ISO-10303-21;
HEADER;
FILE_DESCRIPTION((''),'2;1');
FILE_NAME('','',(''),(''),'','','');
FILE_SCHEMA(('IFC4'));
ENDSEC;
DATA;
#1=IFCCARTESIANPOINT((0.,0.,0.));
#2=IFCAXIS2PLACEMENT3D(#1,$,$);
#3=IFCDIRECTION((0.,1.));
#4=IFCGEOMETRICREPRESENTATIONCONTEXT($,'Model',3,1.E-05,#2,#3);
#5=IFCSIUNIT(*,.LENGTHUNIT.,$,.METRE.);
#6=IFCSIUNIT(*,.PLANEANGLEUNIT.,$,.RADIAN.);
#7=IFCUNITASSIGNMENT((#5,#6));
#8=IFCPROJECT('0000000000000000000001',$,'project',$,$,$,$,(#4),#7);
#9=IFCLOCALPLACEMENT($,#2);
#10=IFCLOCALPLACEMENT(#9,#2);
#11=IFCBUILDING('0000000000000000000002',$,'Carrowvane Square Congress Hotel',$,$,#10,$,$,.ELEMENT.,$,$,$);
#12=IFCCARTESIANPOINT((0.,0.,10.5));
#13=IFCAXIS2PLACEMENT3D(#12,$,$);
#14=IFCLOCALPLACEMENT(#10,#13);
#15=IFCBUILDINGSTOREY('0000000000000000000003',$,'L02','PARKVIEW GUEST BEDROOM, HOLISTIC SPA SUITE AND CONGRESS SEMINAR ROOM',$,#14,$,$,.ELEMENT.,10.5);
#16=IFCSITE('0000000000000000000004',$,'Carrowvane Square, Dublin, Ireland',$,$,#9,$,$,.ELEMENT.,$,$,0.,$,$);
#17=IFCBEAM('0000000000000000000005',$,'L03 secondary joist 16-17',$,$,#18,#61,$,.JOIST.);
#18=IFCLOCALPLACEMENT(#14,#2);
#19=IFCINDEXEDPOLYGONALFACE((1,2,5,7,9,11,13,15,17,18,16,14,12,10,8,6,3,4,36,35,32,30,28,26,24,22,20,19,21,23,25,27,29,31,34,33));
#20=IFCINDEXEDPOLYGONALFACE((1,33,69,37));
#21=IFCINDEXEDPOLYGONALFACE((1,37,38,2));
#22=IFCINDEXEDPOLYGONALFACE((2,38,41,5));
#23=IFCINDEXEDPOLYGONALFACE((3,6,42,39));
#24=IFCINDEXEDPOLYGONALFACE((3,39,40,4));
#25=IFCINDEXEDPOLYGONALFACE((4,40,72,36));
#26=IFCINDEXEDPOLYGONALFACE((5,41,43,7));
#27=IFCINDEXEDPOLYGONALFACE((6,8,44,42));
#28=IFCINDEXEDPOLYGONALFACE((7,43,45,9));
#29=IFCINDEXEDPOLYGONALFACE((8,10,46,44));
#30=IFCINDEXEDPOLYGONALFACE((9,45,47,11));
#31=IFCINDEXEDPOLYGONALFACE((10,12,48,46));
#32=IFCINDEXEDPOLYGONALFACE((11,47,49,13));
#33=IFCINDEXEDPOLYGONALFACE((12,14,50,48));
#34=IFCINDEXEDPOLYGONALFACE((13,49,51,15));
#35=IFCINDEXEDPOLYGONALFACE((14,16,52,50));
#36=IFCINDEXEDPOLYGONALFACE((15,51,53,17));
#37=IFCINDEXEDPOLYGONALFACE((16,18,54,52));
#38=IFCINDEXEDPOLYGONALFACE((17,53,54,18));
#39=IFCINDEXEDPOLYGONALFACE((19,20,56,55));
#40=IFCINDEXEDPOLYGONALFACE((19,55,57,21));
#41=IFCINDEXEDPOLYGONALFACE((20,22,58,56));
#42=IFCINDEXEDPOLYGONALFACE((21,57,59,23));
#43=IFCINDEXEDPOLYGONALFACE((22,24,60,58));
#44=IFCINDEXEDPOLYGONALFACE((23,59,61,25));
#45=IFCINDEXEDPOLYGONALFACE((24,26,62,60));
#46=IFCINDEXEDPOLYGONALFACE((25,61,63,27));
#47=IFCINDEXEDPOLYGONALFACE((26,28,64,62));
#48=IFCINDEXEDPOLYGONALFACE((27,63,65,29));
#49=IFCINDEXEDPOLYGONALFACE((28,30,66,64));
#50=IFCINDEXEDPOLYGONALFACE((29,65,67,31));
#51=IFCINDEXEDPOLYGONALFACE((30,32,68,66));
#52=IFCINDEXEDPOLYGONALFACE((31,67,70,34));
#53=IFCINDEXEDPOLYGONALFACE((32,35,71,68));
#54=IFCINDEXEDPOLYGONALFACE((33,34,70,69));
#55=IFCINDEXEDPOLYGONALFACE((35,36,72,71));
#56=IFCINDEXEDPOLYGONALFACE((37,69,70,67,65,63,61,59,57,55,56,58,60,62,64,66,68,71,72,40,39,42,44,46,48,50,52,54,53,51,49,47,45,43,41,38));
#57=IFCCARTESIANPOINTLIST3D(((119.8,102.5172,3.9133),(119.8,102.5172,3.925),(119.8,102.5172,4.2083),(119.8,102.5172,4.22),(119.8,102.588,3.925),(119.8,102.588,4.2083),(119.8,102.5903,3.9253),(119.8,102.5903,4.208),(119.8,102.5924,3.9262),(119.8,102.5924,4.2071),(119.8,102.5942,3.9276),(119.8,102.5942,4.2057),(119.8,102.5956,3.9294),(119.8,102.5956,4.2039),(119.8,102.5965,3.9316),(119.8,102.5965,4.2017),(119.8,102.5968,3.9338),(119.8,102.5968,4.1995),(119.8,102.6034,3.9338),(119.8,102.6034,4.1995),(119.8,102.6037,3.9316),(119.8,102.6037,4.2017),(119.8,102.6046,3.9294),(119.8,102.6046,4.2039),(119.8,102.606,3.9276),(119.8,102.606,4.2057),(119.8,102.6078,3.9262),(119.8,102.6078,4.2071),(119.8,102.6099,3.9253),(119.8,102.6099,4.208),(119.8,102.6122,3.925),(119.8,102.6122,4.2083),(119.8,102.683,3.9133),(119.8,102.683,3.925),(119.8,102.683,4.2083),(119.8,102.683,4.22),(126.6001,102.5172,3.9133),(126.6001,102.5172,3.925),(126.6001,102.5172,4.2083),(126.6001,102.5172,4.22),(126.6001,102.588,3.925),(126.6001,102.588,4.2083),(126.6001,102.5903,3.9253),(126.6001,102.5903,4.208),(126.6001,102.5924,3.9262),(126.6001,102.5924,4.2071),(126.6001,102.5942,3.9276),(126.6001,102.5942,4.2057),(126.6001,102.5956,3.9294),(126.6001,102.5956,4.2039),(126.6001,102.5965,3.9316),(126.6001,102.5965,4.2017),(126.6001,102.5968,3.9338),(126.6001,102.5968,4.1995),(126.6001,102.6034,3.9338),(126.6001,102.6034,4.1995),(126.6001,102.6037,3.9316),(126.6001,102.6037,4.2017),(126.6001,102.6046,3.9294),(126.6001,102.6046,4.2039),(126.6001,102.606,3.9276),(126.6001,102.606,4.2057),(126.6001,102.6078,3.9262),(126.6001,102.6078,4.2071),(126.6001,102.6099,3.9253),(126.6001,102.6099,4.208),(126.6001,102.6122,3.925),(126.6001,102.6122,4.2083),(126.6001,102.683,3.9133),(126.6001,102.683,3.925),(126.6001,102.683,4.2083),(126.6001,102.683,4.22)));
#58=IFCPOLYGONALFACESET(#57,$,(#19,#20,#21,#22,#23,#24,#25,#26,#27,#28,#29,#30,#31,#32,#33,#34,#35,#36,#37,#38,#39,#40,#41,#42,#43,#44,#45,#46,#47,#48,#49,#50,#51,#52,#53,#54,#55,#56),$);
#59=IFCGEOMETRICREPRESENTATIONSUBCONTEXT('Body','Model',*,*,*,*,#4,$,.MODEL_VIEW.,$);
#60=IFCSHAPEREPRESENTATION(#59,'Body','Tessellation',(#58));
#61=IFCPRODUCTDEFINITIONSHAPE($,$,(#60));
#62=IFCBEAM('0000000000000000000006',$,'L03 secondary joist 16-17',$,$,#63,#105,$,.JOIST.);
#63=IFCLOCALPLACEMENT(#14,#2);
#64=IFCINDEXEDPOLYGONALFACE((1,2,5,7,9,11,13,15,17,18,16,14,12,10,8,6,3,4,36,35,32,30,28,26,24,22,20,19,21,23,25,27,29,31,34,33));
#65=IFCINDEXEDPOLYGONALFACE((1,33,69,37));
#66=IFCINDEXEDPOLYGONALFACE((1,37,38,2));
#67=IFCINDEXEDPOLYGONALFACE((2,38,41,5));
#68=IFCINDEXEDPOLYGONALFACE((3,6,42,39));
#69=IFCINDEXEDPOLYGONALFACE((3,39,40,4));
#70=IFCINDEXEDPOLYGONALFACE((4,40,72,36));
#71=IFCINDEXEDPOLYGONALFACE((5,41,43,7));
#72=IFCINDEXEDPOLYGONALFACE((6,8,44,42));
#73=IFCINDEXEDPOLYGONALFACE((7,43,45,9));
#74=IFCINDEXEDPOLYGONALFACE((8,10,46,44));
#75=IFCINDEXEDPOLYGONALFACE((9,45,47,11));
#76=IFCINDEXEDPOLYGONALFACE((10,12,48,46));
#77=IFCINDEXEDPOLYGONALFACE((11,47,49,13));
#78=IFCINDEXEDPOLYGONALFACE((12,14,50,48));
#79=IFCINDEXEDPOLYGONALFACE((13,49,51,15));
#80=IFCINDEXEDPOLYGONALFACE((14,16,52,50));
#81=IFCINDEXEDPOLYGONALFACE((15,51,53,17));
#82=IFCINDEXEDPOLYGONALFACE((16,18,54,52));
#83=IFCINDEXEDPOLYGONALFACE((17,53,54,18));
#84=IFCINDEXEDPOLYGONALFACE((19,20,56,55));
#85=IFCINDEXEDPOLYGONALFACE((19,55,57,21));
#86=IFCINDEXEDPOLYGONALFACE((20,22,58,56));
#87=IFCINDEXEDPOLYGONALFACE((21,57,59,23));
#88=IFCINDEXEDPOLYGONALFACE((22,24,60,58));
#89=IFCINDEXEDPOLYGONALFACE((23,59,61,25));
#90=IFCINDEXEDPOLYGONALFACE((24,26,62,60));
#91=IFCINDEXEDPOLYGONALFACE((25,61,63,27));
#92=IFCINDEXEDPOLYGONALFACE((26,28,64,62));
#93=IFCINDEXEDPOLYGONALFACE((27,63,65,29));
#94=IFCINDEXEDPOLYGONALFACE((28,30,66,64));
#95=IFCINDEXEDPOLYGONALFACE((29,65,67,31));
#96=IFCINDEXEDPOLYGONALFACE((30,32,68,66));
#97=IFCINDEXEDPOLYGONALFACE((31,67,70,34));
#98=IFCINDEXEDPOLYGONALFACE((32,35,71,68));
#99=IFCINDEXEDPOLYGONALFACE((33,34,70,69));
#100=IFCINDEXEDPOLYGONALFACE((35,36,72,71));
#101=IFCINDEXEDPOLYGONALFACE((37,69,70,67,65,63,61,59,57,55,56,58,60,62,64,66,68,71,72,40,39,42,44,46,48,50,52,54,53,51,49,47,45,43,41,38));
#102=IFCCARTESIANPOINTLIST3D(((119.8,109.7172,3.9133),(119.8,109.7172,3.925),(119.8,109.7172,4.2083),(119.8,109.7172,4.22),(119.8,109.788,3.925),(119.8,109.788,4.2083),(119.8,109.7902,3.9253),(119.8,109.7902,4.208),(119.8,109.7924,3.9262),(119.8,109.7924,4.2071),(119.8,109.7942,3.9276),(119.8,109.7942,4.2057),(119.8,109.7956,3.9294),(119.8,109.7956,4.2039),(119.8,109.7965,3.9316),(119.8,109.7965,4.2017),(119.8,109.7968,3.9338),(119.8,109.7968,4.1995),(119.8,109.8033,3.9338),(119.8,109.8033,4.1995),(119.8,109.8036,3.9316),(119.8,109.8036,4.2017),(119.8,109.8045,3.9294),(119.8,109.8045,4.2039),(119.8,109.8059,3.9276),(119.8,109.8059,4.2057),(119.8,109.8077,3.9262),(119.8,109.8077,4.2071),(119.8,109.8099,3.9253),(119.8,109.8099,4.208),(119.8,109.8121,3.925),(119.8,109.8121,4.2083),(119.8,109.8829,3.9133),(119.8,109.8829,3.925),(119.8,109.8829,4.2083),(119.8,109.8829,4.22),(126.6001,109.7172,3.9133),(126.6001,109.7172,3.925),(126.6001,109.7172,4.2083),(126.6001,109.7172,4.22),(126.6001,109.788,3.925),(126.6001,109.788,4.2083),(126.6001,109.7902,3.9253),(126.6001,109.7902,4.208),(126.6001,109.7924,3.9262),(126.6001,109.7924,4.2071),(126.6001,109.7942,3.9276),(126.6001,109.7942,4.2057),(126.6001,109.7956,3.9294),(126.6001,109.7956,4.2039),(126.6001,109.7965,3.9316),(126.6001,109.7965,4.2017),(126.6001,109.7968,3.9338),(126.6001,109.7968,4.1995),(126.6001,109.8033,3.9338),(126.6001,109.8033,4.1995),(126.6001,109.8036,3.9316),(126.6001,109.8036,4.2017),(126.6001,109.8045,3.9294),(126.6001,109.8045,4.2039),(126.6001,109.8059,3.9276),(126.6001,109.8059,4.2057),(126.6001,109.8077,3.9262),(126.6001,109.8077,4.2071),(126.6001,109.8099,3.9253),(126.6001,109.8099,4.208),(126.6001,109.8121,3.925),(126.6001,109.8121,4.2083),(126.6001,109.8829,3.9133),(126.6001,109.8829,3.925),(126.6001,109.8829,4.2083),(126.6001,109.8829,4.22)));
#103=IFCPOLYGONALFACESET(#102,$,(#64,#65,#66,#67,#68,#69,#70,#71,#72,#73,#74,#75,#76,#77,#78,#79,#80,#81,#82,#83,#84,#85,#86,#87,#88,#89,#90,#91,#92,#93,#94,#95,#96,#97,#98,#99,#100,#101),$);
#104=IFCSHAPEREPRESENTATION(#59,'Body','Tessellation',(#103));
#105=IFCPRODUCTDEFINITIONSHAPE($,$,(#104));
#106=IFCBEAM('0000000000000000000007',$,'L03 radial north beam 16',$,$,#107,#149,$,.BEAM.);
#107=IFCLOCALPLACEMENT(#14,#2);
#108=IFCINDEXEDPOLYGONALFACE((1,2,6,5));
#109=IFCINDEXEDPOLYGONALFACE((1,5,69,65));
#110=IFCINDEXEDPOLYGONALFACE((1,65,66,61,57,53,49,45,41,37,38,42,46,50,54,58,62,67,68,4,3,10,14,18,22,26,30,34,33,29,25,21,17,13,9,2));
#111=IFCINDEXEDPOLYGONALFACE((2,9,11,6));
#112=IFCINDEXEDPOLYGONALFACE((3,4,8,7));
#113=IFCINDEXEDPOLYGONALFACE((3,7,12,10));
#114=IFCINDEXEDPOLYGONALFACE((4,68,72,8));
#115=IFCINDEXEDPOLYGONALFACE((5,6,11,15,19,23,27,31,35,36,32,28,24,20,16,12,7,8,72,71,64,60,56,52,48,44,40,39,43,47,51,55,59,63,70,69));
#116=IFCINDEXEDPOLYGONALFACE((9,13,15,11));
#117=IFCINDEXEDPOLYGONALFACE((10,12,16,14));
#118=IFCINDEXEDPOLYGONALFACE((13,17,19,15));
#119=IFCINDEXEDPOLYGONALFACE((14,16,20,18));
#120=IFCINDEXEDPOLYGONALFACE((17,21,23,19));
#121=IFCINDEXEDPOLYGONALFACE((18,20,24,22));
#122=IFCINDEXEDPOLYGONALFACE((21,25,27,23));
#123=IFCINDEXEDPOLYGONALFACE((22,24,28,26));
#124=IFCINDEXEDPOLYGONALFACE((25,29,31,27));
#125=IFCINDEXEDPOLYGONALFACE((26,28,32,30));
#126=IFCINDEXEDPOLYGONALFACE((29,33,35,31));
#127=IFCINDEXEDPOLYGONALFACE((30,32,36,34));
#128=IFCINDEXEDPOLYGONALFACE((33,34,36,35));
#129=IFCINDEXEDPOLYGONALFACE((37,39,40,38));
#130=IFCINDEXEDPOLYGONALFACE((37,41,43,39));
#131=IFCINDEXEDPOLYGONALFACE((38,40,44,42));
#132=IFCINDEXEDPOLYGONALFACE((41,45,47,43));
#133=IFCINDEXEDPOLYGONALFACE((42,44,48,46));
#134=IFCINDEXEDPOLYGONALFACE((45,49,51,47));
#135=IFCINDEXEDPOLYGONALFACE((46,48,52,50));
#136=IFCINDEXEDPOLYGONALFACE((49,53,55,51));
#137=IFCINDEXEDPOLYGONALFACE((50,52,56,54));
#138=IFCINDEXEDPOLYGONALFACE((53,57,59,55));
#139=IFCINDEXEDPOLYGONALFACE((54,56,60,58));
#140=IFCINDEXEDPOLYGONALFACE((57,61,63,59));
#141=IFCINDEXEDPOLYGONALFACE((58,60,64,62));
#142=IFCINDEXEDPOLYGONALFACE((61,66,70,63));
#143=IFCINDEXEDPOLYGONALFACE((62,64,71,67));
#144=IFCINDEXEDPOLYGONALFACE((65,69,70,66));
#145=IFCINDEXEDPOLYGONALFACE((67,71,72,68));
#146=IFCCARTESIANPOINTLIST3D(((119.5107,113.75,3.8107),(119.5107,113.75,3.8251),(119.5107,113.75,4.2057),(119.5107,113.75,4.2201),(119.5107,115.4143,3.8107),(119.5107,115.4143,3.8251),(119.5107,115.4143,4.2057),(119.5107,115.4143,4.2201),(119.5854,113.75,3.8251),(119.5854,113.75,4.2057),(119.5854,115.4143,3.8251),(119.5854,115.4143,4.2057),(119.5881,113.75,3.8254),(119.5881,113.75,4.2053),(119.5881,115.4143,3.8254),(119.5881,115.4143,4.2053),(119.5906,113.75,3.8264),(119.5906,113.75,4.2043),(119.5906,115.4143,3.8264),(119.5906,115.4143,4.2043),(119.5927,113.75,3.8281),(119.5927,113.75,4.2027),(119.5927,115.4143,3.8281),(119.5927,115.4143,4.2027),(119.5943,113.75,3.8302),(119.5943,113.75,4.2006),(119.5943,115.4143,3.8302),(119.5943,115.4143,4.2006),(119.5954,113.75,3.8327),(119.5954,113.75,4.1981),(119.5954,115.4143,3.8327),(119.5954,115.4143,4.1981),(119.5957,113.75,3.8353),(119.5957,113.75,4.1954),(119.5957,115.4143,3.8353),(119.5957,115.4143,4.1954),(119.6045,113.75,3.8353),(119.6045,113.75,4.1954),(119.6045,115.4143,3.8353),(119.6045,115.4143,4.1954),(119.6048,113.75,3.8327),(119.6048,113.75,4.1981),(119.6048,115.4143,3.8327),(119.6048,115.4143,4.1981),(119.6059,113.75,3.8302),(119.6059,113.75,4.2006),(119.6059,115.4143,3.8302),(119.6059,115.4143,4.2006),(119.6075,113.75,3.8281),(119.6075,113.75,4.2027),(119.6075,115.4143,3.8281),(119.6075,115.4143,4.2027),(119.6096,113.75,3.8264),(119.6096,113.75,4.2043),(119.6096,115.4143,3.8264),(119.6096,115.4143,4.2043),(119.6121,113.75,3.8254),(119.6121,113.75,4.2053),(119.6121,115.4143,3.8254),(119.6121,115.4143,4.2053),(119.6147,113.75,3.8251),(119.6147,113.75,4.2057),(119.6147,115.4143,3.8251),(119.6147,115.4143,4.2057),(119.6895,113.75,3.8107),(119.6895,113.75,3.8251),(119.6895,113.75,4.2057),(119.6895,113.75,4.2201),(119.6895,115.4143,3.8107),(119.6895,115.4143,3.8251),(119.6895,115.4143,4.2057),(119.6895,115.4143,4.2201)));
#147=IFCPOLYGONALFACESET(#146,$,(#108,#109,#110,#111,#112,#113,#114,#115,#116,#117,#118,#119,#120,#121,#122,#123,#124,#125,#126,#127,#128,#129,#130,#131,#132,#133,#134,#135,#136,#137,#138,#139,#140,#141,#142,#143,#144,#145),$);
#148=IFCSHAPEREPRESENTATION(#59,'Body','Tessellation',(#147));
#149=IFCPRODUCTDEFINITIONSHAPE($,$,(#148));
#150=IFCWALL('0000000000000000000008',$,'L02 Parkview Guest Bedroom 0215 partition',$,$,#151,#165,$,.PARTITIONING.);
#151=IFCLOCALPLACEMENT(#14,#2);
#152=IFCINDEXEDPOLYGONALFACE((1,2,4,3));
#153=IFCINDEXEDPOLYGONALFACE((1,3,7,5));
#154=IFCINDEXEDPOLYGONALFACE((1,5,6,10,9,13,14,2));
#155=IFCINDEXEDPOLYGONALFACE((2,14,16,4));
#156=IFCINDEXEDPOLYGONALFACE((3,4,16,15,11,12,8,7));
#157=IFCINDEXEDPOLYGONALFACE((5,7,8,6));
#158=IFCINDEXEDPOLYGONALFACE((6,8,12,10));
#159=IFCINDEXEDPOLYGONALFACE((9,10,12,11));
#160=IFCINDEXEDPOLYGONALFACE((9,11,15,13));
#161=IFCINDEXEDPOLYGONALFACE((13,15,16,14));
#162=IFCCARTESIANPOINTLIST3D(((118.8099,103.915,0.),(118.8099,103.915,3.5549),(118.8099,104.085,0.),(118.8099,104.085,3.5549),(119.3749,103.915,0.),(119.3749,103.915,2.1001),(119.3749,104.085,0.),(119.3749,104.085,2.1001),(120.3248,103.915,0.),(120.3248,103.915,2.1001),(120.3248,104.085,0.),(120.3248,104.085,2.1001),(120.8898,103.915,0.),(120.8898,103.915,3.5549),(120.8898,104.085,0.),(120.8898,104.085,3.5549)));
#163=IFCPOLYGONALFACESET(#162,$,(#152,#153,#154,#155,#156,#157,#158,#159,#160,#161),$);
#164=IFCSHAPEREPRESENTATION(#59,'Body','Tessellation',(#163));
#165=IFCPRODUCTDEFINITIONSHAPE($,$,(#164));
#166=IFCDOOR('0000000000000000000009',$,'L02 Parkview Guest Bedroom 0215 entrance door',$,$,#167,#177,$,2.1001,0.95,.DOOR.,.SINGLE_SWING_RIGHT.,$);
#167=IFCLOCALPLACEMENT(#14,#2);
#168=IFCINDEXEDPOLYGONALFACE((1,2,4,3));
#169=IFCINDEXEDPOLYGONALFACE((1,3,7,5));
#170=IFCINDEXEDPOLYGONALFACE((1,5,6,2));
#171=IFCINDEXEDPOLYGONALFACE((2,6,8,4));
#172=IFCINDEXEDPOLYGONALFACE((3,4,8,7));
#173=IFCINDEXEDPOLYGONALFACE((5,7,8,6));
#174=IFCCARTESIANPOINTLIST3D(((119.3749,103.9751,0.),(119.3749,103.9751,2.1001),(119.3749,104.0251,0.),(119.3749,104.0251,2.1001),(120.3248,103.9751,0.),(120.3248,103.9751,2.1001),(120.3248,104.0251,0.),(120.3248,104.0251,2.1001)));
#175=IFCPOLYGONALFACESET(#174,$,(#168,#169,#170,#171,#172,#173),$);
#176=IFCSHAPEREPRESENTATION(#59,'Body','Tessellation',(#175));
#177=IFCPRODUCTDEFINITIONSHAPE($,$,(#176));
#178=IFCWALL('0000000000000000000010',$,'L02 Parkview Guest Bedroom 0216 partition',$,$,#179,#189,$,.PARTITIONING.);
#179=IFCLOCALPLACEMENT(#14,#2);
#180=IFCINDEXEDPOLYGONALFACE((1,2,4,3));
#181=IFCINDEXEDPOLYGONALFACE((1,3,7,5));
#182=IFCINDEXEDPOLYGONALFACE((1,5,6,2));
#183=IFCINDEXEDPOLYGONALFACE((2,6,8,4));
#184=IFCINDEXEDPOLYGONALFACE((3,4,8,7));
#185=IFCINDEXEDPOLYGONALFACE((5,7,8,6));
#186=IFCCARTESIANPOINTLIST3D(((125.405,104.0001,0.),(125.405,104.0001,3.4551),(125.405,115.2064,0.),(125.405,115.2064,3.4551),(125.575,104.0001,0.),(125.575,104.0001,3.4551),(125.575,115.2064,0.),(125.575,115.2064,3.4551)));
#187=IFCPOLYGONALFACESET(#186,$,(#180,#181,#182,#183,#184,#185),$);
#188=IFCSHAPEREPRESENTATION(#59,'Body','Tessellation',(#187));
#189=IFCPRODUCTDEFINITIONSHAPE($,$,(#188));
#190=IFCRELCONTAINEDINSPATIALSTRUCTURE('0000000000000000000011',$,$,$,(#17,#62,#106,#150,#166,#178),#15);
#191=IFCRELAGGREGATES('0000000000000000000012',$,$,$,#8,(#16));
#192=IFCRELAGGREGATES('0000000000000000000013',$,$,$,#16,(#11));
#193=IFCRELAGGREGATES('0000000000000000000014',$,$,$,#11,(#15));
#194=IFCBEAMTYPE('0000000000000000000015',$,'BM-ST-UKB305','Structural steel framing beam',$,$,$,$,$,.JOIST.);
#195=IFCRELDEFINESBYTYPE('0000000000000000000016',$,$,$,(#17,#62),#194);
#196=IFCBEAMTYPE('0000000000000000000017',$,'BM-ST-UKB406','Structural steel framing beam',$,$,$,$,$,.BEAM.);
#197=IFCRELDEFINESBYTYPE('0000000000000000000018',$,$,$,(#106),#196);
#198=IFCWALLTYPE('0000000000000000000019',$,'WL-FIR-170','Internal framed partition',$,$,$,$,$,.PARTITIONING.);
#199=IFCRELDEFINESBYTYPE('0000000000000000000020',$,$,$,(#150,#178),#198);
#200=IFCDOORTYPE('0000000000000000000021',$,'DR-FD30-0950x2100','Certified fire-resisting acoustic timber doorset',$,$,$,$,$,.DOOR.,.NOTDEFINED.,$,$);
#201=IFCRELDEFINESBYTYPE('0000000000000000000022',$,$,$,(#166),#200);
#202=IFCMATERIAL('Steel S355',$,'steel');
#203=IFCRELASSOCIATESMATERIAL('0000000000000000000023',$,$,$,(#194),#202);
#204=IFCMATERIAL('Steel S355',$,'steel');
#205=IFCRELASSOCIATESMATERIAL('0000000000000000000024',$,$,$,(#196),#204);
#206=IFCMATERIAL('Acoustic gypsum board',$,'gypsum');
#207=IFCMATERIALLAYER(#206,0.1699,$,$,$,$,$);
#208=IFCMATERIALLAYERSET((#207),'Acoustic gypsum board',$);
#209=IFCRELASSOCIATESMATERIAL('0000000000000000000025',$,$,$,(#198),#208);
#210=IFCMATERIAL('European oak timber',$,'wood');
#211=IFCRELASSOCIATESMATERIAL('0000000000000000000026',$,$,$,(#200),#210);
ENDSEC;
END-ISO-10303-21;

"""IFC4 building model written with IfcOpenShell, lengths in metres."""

from ifc_helpers import new_model, si_unit, direction, frame, frame_2d, origin, origin_2d, place, context, subcontext, project, spatial, rectangle, i_section, extrude, material, layer, layer_set, material_profile, profile_set, type_object, element, fill, save


model = new_model("IFC4")

# Units and contexts
model_context = context("Model", 3, precision=1e-05, world=origin(), true_north=direction((0.0, 1.0)))
body_context = subcontext(model_context, "Body", "Model", "MODEL_VIEW")
ifc_project = project(units=[si_unit("LENGTHUNIT", "METRE"), si_unit("PLANEANGLEUNIT", "RADIAN")], contexts=[model_context])

# Site, building, storey
site_placement = place(None, origin())
site = spatial("IfcSite", under=ifc_project, at=site_placement, Name="Carrowvane Square, Dublin, Ireland", CompositionType="ELEMENT", RefElevation=0.0)
building_placement = place(site_placement, origin())
building = spatial("IfcBuilding", under=site, at=building_placement, Name="Carrowvane Square Congress Hotel", CompositionType="ELEMENT")
storey_placement = place(building_placement, frame((0.0, 0.0, 10.5)))
storey = spatial("IfcBuildingStorey", under=building, at=storey_placement, Name="L02", Description="PARKVIEW GUEST BEDROOM, HOLISTIC SPA SUITE AND CONGRESS SEMINAR ROOM", CompositionType="ELEMENT", Elevation=10.5)

# Beams
ifc_material_1 = material(Name="Steel S355", Category="steel")
ifc_material_profile_1 = material_profile(ifc_material_1, i_section(OverallWidth=0.1658, OverallDepth=0.3066, WebThickness=0.0066, FlangeThickness=0.0117, FilletRadius=0.0088, at=origin_2d()), Name="UKB 305x165x46")
ifc_profile_set_1 = profile_set([ifc_material_profile_1], Name="Steel S355")
beam_type_1 = type_object("IfcBeamType", Name="BM-ST-UKB305", Description="Structural steel framing beam", PredefinedType="JOIST", material=ifc_profile_set_1)
for number, where, z_axis, x_axis, name in (
    (1, (119.8, 102.6001, 4.0667), (1.0, 0.0, 0.0), (0.0, 1.0, 0.0), "L03 secondary joist 16-17"),
    (2, (119.8, 109.8, 4.0667), (1.0, 0.0, 0.0), (0.0, 1.0, 0.0), "L03 secondary joist 16-17"),
):
    element("IfcBeam", number, at=place(storey_placement, frame(where, z_axis=z_axis, x_axis=x_axis)), inside=storey, type_object=beam_type_1, Name=name, PredefinedType="JOIST", context=body_context, shape_type="SweptSolid", body=[
        extrude(i_section(OverallWidth=0.1658, OverallDepth=0.3066, WebThickness=0.0066, FlangeThickness=0.0117, FilletRadius=0.0088, at=origin_2d()), origin(), (0.0, 0.0, 1.0), 6.8),
    ])
ifc_material_2 = material(Name="Steel S355", Category="steel")
ifc_material_profile_2 = material_profile(ifc_material_2, i_section(OverallWidth=0.1787, OverallDepth=0.4094, WebThickness=0.0088, FlangeThickness=0.0144, FilletRadius=0.0103, at=origin_2d()), Name="UKB 406x178x67")
ifc_profile_set_2 = profile_set([ifc_material_profile_2], Name="Steel S355")
beam_type_2 = type_object("IfcBeamType", Name="BM-ST-UKB406", Description="Structural steel framing beam", PredefinedType="BEAM", material=ifc_profile_set_2)
beam_1_placement = place(storey_placement, frame((119.6001, 113.75, 4.0154), z_axis=(0.0, 1.0, 0.0), x_axis=(-1.0, 0.0, 0.0)))
element("IfcBeam", 3, at=beam_1_placement, inside=storey, type_object=beam_type_2, Name="L03 radial north beam 16", PredefinedType="BEAM", context=body_context, shape_type="SweptSolid", body=[
    extrude(i_section(OverallWidth=0.1787, OverallDepth=0.4094, WebThickness=0.0088, FlangeThickness=0.0144, FilletRadius=0.0103, at=origin_2d()), origin(), (0.0, 0.0, 1.0), 1.6643),
])

# Wall, opening, door
ifc_material_3 = material(Name="Acoustic gypsum board", Category="gypsum")
ifc_layer_1 = layer(ifc_material_3, 0.1699)
ifc_layer_set_1 = layer_set([ifc_layer_1], Name="Acoustic gypsum board")
wall_type_1 = type_object("IfcWallType", Name="WL-FIR-170", Description="Internal framed partition", PredefinedType="PARTITIONING", material=ifc_layer_set_1)
wall_1_placement = place(storey_placement, frame((120.8899, 104.0, 0.0), z_axis=(0.0, 0.0, 1.0), x_axis=(-1.0, 0.0, 0.0)))
wall_1 = element("IfcWall", 4, at=wall_1_placement, inside=storey, type_object=wall_type_1, Name="L02 Parkview Guest Bedroom 0215 partition", PredefinedType="PARTITIONING", context=body_context, shape_type="SweptSolid", body=[
    extrude(rectangle(XDim=2.0798, YDim=0.1699, at=frame_2d((1.04, 0.0))), origin(), (0.0, 0.0, 1.0), 3.5549),
])
opening_1_placement = place(wall_1_placement, frame((0.5649, 0.0, 0.0)))
opening_1 = element("IfcOpeningElement", 5, at=opening_1_placement, cuts=wall_1, PredefinedType="OPENING", context=body_context, shape_type="SweptSolid", body=[
    extrude(rectangle(XDim=0.95, YDim=2.1001, at=frame_2d((0.4751, 1.05))), frame((0.0, 0.095, 0.0), z_axis=(0.0, -1.0, 0.0), x_axis=(1.0, 0.0, 0.0)), (0.0, 0.0, 1.0), 0.1899),
])
ifc_material_4 = material(Name="European oak timber", Category="wood")
door_type_1 = type_object("IfcDoorType", Name="DR-FD30-0950x2100", Description="Certified fire-resisting acoustic timber doorset", OperationType="NOTDEFINED", PredefinedType="DOOR", material=ifc_material_4)
door_1_placement = place(opening_1_placement, origin())
door_1 = element("IfcDoor", 6, at=door_1_placement, inside=storey, type_object=door_type_1, Name="L02 Parkview Guest Bedroom 0215 entrance door", OperationType="SINGLE_SWING_RIGHT", OverallHeight=2.1001, OverallWidth=0.95, PredefinedType="DOOR", context=body_context, shape_type="SweptSolid", body=[
    extrude(rectangle(XDim=0.95, YDim=2.1001, at=frame_2d((0.4751, 1.05))), frame((0.0, 0.0249, 0.0), z_axis=(0.0, -1.0, 0.0), x_axis=(1.0, 0.0, 0.0)), (0.0, 0.0, 1.0), 0.05),
])
fill(opening_1, door_1)

# Wall
wall_2_placement = place(storey_placement, frame((125.49, 115.2063, 0.0), z_axis=(0.0, 0.0, 1.0), x_axis=(0.0, -1.0, 0.0)))
element("IfcWall", 7, at=wall_2_placement, inside=storey, type_object=wall_type_1, Name="L02 Parkview Guest Bedroom 0216 partition", PredefinedType="PARTITIONING", context=body_context, shape_type="SweptSolid", body=[
    extrude(rectangle(XDim=11.2063, YDim=0.1699, at=frame_2d((5.603, 0.0))), origin(), (0.0, 0.0, 1.0), 3.4551),
])

save(model, "model.ifc")
